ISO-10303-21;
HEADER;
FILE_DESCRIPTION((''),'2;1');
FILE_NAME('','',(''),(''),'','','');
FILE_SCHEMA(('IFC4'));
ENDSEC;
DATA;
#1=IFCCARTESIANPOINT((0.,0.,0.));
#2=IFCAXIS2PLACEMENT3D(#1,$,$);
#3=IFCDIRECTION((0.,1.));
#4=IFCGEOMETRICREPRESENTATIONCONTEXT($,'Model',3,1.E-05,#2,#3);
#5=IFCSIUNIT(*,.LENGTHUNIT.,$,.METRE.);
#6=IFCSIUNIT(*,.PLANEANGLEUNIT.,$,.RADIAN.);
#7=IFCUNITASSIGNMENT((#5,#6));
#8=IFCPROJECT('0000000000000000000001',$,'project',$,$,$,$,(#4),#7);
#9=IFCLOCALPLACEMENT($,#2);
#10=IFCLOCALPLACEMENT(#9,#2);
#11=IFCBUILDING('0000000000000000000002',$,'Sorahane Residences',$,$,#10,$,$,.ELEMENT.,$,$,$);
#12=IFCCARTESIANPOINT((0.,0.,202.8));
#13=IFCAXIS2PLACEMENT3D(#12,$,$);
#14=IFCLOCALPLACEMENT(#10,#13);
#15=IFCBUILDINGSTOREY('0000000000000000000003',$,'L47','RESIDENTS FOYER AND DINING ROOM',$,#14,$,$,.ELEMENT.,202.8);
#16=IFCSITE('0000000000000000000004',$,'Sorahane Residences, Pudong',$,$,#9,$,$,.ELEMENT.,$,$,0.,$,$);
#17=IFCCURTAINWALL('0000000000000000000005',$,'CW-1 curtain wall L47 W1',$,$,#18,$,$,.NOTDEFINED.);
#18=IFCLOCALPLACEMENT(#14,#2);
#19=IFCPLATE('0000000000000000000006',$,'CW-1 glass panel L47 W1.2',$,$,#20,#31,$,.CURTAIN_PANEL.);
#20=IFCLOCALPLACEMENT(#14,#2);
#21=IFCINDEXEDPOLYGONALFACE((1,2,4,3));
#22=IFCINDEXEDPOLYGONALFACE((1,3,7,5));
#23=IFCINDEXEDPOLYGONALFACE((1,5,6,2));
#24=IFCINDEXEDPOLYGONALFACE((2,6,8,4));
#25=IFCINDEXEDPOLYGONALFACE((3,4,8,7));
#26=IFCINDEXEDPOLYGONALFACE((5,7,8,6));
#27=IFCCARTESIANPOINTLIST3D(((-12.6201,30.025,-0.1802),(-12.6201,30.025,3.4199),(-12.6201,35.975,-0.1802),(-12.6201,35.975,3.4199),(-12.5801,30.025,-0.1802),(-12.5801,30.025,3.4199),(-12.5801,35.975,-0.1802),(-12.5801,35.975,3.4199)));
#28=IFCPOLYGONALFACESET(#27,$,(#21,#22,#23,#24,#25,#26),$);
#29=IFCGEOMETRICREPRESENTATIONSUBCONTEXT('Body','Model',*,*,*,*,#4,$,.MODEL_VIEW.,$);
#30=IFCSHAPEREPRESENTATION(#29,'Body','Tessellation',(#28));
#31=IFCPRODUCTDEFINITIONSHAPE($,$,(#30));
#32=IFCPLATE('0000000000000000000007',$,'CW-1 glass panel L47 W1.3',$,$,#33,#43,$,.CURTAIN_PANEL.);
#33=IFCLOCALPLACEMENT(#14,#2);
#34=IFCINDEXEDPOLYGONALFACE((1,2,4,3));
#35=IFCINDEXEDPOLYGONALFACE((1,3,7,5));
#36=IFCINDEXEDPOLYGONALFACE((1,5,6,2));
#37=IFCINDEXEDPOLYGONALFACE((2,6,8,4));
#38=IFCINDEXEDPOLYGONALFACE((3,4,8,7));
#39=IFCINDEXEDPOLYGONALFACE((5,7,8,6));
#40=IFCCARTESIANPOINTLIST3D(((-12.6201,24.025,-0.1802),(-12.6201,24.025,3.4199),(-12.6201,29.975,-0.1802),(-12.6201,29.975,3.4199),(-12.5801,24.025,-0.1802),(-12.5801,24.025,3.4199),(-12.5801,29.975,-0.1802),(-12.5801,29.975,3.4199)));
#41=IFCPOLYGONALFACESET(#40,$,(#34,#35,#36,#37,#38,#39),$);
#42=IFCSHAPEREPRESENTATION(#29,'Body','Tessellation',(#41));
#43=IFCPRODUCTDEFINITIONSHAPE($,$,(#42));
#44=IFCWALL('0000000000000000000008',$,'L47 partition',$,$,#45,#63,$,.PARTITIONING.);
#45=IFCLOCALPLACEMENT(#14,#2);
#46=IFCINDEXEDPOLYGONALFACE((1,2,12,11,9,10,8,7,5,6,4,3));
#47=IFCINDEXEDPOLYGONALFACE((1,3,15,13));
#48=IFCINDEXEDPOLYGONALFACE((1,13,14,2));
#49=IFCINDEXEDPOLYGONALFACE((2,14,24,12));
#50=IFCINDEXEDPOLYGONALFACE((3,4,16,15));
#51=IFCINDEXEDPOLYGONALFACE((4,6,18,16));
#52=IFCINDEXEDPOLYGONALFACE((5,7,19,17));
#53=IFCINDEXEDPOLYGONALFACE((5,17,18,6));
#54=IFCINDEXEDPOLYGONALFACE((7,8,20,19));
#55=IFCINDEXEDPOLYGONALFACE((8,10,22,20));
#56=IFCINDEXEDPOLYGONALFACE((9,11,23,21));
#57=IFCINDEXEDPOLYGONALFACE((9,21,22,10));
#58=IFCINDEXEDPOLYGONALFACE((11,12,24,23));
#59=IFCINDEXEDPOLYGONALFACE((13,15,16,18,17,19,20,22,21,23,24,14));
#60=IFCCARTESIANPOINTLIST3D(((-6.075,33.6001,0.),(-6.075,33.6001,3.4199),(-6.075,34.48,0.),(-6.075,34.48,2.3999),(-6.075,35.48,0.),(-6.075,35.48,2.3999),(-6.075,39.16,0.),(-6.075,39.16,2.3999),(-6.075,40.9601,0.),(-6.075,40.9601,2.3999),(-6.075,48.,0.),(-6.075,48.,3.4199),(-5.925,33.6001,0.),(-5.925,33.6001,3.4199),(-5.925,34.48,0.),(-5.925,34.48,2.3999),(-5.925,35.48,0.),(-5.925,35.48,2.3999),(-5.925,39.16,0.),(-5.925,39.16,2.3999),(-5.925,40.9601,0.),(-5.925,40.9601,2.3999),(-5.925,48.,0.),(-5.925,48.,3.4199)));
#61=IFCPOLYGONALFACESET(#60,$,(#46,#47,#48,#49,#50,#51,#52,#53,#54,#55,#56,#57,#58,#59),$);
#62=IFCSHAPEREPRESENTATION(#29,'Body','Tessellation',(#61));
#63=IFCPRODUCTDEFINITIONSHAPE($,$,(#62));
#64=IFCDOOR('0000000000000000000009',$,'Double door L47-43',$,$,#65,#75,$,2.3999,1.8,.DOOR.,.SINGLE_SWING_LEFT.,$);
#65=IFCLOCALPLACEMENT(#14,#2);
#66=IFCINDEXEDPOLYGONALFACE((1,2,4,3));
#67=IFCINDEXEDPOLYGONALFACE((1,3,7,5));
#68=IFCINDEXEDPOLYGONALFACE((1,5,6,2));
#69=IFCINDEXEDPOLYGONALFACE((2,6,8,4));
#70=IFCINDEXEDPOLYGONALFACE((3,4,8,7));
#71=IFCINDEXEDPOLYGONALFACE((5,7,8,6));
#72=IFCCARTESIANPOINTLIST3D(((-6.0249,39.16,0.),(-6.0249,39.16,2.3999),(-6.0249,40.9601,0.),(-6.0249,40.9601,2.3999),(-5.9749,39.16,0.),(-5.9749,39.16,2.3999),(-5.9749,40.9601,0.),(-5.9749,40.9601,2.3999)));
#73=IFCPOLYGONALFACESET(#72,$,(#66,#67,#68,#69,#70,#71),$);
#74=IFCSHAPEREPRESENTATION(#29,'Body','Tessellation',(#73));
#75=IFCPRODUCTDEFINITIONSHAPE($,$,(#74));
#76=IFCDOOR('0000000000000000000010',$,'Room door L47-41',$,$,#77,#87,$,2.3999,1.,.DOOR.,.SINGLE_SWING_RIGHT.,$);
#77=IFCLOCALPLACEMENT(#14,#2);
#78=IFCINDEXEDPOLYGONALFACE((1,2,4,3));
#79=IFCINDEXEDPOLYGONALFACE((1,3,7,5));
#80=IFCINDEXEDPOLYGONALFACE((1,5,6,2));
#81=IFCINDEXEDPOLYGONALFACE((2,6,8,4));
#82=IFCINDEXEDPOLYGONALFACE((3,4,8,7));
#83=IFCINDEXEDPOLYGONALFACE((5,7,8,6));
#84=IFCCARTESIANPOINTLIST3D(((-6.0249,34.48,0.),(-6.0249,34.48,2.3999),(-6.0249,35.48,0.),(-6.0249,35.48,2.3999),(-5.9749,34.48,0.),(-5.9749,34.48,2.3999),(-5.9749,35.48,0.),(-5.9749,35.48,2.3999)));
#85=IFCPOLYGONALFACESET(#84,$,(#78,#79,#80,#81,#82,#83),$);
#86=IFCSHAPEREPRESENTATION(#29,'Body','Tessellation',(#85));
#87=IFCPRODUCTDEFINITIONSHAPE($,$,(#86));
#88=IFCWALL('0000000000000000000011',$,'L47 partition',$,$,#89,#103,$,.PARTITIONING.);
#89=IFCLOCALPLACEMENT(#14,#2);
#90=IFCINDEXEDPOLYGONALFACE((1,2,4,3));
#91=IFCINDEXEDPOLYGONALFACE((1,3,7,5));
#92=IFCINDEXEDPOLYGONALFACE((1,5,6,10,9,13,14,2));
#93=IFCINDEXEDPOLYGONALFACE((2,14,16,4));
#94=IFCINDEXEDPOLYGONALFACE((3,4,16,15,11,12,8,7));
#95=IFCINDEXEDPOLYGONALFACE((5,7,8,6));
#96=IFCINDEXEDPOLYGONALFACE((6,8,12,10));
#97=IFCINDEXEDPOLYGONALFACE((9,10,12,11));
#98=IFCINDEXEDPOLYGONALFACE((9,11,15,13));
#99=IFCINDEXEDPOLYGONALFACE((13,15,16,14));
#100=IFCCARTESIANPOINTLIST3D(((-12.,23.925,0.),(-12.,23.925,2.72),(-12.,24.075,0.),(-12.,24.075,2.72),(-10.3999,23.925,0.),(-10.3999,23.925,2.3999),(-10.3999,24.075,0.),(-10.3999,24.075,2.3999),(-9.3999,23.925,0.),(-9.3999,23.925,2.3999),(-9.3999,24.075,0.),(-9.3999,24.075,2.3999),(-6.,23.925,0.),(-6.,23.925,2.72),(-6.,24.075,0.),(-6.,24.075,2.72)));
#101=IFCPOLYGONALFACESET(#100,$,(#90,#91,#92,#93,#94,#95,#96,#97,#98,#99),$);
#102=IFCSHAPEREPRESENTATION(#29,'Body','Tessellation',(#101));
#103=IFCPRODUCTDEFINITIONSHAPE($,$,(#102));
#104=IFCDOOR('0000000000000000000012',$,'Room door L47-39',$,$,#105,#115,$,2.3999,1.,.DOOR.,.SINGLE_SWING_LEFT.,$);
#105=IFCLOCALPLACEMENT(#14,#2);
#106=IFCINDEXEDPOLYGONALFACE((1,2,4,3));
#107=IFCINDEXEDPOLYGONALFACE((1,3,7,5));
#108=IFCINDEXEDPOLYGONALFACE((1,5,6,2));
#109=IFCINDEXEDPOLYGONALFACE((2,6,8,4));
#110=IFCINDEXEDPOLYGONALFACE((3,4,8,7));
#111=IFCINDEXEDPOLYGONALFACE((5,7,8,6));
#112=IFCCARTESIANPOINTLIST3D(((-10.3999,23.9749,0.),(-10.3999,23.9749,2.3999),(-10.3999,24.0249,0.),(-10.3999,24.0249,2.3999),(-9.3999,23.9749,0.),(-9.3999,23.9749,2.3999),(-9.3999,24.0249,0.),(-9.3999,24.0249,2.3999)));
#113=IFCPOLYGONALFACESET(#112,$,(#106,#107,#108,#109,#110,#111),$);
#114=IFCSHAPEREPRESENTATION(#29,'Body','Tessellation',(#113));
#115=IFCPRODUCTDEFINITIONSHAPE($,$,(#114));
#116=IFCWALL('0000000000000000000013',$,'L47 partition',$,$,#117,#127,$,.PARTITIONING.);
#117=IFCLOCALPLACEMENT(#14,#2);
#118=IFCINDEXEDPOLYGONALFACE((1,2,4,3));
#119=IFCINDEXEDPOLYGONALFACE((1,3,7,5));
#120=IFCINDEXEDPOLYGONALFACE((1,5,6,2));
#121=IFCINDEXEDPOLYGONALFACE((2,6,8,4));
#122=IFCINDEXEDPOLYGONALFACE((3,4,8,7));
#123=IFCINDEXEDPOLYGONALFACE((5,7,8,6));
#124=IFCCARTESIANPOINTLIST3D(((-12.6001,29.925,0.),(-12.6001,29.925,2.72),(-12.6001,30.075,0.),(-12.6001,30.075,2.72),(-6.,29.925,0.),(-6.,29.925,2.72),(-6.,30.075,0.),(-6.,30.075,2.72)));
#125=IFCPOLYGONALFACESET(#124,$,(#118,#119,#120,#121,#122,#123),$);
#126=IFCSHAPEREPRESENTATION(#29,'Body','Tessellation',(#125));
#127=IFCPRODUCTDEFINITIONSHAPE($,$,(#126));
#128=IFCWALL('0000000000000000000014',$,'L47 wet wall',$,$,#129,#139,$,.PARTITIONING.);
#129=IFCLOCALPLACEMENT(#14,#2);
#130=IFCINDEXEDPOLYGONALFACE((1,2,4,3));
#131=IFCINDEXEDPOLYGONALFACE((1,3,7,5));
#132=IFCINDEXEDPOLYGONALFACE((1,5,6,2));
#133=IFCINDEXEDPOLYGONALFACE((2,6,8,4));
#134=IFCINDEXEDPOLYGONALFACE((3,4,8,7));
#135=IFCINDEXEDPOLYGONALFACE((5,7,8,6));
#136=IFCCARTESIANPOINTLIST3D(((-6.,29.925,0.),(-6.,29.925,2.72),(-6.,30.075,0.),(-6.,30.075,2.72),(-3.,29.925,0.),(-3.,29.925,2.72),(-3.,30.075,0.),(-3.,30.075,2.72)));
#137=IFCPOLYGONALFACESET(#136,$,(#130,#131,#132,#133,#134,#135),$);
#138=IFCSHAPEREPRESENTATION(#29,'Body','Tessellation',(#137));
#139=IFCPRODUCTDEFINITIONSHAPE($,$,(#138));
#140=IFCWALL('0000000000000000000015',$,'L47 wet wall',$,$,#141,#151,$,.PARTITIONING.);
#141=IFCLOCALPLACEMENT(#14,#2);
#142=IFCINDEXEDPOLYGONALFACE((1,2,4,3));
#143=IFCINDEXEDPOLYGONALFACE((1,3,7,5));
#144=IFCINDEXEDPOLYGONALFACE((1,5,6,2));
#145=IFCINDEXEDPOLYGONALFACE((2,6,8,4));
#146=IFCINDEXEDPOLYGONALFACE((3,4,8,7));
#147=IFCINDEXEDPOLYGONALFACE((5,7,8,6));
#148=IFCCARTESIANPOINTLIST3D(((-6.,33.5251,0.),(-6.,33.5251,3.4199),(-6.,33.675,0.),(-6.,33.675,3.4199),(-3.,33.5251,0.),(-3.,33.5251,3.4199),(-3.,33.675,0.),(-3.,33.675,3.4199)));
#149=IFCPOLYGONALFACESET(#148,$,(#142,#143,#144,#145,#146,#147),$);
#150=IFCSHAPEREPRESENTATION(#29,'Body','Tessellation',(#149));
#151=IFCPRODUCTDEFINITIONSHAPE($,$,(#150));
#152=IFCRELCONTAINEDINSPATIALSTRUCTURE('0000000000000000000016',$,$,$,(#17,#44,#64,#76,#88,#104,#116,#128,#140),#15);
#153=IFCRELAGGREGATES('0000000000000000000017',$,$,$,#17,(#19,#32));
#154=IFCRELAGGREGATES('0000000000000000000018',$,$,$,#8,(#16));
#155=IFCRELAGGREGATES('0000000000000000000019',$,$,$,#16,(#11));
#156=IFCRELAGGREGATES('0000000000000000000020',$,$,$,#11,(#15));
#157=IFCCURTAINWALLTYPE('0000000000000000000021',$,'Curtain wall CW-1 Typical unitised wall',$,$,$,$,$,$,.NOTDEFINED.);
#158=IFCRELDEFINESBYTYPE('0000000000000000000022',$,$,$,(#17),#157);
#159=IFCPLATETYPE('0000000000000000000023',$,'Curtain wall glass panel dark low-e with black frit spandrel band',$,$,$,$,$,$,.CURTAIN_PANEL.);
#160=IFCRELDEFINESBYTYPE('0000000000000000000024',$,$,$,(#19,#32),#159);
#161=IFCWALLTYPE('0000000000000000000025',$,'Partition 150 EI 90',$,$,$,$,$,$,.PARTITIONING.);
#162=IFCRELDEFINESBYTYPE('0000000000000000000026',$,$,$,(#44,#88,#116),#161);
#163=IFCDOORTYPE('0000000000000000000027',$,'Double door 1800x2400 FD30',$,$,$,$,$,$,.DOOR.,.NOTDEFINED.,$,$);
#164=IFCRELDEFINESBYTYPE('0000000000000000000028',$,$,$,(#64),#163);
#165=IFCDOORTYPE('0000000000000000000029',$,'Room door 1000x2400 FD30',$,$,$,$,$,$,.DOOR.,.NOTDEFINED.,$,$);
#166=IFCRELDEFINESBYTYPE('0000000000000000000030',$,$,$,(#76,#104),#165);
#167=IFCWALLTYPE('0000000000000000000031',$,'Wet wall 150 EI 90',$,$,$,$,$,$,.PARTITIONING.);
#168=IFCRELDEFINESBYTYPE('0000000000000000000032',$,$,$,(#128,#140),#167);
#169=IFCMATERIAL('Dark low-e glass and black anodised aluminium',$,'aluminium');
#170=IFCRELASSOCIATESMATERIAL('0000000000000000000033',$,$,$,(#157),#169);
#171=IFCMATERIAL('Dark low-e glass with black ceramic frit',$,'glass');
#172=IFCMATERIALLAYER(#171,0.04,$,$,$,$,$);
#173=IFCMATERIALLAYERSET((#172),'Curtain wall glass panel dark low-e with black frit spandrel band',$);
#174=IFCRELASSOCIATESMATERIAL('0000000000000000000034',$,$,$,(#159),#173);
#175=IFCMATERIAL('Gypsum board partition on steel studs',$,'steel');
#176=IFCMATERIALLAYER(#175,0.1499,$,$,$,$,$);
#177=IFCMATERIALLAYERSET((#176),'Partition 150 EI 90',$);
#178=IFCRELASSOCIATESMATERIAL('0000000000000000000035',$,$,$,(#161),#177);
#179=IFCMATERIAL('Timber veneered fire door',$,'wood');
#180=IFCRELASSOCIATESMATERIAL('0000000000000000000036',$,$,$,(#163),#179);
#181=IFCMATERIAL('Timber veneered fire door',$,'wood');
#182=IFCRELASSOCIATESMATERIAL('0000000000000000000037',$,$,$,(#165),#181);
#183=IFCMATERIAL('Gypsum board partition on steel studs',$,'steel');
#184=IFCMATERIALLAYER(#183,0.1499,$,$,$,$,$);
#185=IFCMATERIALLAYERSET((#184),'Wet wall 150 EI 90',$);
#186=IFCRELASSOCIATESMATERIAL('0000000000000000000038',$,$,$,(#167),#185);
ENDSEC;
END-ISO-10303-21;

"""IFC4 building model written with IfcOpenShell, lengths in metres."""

from ifc_helpers import new_model, si_unit, direction, frame, frame_2d, origin, origin_2d, place, context, subcontext, project, spatial, rectangle, extrude, material, layer, layer_set, type_object, element, fill, aggregate, save


model = new_model("IFC4")

# Units and contexts
model_context = context("Model", 3, precision=1e-05, world=origin(), true_north=direction((0.0, 1.0)))
body_context = subcontext(model_context, "Body", "Model", "MODEL_VIEW")
ifc_project = project(units=[si_unit("LENGTHUNIT", "METRE"), si_unit("PLANEANGLEUNIT", "RADIAN")], contexts=[model_context])

# Site, building, storey
site_placement = place(None, origin())
site = spatial("IfcSite", under=ifc_project, at=site_placement, Name="Sorahane Residences, Pudong", CompositionType="ELEMENT", RefElevation=0.0)
building_placement = place(site_placement, origin())
building = spatial("IfcBuilding", under=site, at=building_placement, Name="Sorahane Residences", CompositionType="ELEMENT")
storey_placement = place(building_placement, frame((0.0, 0.0, 202.8)))
storey = spatial("IfcBuildingStorey", under=building, at=storey_placement, Name="L47", Description="RESIDENTS FOYER AND DINING ROOM", CompositionType="ELEMENT", Elevation=202.8)

# Curtain wall
ifc_material_1 = material(Name="Dark low-e glass and black anodised aluminium", Category="aluminium")
curtain_wall_type = type_object("IfcCurtainWallType", Name="Curtain wall CW-1 Typical unitised wall", PredefinedType="NOTDEFINED", material=ifc_material_1)
curtain_wall_placement = place(storey_placement, origin())
curtain_wall = element("IfcCurtainWall", 1, at=curtain_wall_placement, inside=storey, type_object=curtain_wall_type, Name="CW-1 curtain wall L47 W1", PredefinedType="NOTDEFINED")

# Plates
ifc_material_2 = material(Name="Dark low-e glass with black ceramic frit", Category="glass")
ifc_layer_1 = layer(ifc_material_2, 0.04)
ifc_layer_set_1 = layer_set([ifc_layer_1], Name="Curtain wall glass panel dark low-e with black frit spandrel band")
plate_type = type_object("IfcPlateType", Name="Curtain wall glass panel dark low-e with black frit spandrel band", PredefinedType="CURTAIN_PANEL", material=ifc_layer_set_1)
plate_1_placement = place(storey_placement, frame((-12.6001, 33.0, -0.1802), z_axis=(0.0, 0.0, 1.0), x_axis=(0.0, -1.0, 0.0)))
plate_1 = element("IfcPlate", 2, at=plate_1_placement, type_object=plate_type, Name="CW-1 glass panel L47 W1.2", PredefinedType="CURTAIN_PANEL", context=body_context, shape_type="SweptSolid", body=[
    extrude(rectangle(XDim=5.95, YDim=0.04, at=origin_2d()), origin(), (0.0, 0.0, 1.0), 3.6001),
])
plate_2_placement = place(storey_placement, frame((-12.6001, 27.0, -0.1802), z_axis=(0.0, 0.0, 1.0), x_axis=(0.0, -1.0, 0.0)))
plate_2 = element("IfcPlate", 3, at=plate_2_placement, type_object=plate_type, Name="CW-1 glass panel L47 W1.3", PredefinedType="CURTAIN_PANEL", context=body_context, shape_type="SweptSolid", body=[
    extrude(rectangle(XDim=5.95, YDim=0.04, at=origin_2d()), origin(), (0.0, 0.0, 1.0), 3.6001),
])
aggregate(curtain_wall, [plate_1, plate_2])

# Wall, openings, doors
ifc_material_3 = material(Name="Gypsum board partition on steel studs", Category="steel")
ifc_layer_2 = layer(ifc_material_3, 0.1499)
ifc_layer_set_2 = layer_set([ifc_layer_2], Name="Partition 150 EI 90")
wall_type_1 = type_object("IfcWallType", Name="Partition 150 EI 90", PredefinedType="PARTITIONING", material=ifc_layer_set_2)
wall_1_placement = place(storey_placement, frame((-6.0, 33.6001, 0.0), z_axis=(0.0, 0.0, 1.0), x_axis=(0.0, 1.0, 0.0)))
wall_1 = element("IfcWall", 4, at=wall_1_placement, inside=storey, type_object=wall_type_1, Name="L47 partition", PredefinedType="PARTITIONING", context=body_context, shape_type="SweptSolid", body=[
    extrude(rectangle(XDim=14.3999, YDim=0.1499, at=frame_2d((7.2, 0.0))), origin(), (0.0, 0.0, 1.0), 3.4199),
])
opening_1_placement = place(wall_1_placement, frame((0.8799, 0.0, 0.0)))
opening_1 = element("IfcOpeningElement", 5, at=opening_1_placement, cuts=wall_1, PredefinedType="OPENING", context=body_context, shape_type="SweptSolid", body=[
    extrude(rectangle(XDim=1.0, YDim=2.3999, at=frame_2d((0.5, 1.2))), frame((0.0, 0.085, 0.0), z_axis=(0.0, -1.0, 0.0), x_axis=(1.0, 0.0, 0.0)), (0.0, 0.0, 1.0), 0.1699),
])
opening_2_placement = place(wall_1_placement, frame((5.5601, 0.0, 0.0)))
opening_2 = element("IfcOpeningElement", 6, at=opening_2_placement, cuts=wall_1, PredefinedType="OPENING", context=body_context, shape_type="SweptSolid", body=[
    extrude(rectangle(XDim=1.8, YDim=2.3999, at=frame_2d((0.8999, 1.2))), frame((0.0, 0.085, 0.0), z_axis=(0.0, -1.0, 0.0), x_axis=(1.0, 0.0, 0.0)), (0.0, 0.0, 1.0), 0.1699),
])
ifc_material_4 = material(Name="Timber veneered fire door", Category="wood")
door_type_1 = type_object("IfcDoorType", Name="Double door 1800x2400 FD30", OperationType="NOTDEFINED", PredefinedType="DOOR", material=ifc_material_4)
door_1_placement = place(opening_2_placement, origin())
door_1 = element("IfcDoor", 7, at=door_1_placement, inside=storey, type_object=door_type_1, Name="Double door L47-43", OperationType="SINGLE_SWING_LEFT", OverallHeight=2.3999, OverallWidth=1.8, PredefinedType="DOOR", context=body_context, shape_type="SweptSolid", body=[
    extrude(rectangle(XDim=1.8, YDim=2.3999, at=frame_2d((0.8999, 1.2))), frame((0.0, 0.0249, 0.0), z_axis=(0.0, -1.0, 0.0), x_axis=(1.0, 0.0, 0.0)), (0.0, 0.0, 1.0), 0.05),
])
fill(opening_2, door_1)
ifc_material_5 = material(Name="Timber veneered fire door", Category="wood")
door_type_2 = type_object("IfcDoorType", Name="Room door 1000x2400 FD30", OperationType="NOTDEFINED", PredefinedType="DOOR", material=ifc_material_5)
door_2_placement = place(opening_1_placement, origin())
door_2 = element("IfcDoor", 8, at=door_2_placement, inside=storey, type_object=door_type_2, Name="Room door L47-41", OperationType="SINGLE_SWING_RIGHT", OverallHeight=2.3999, OverallWidth=1.0, PredefinedType="DOOR", context=body_context, shape_type="SweptSolid", body=[
    extrude(rectangle(XDim=1.0, YDim=2.3999, at=frame_2d((0.5, 1.2))), frame((0.0, 0.0249, 0.0), z_axis=(0.0, -1.0, 0.0), x_axis=(1.0, 0.0, 0.0)), (0.0, 0.0, 1.0), 0.05),
])
fill(opening_1, door_2)

# Wall, opening, door
wall_2_placement = place(storey_placement, frame((-12.0, 24.0, 0.0), z_axis=(0.0, 0.0, 1.0), x_axis=(1.0, 0.0, 0.0)))
wall_2 = element("IfcWall", 9, at=wall_2_placement, inside=storey, type_object=wall_type_1, Name="L47 partition", PredefinedType="PARTITIONING", context=body_context, shape_type="SweptSolid", body=[
    extrude(rectangle(XDim=6.0, YDim=0.1499, at=frame_2d((3.0, 0.0))), origin(), (0.0, 0.0, 1.0), 2.72),
])
opening_3_placement = place(wall_2_placement, frame((1.6001, 0.0, 0.0)))
opening_3 = element("IfcOpeningElement", 10, at=opening_3_placement, cuts=wall_2, PredefinedType="OPENING", context=body_context, shape_type="SweptSolid", body=[
    extrude(rectangle(XDim=1.0, YDim=2.3999, at=frame_2d((0.5, 1.2))), frame((0.0, 0.085, 0.0), z_axis=(0.0, -1.0, 0.0), x_axis=(1.0, 0.0, 0.0)), (0.0, 0.0, 1.0), 0.1699),
])
door_3_placement = place(opening_3_placement, origin())
door_3 = element("IfcDoor", 11, at=door_3_placement, inside=storey, type_object=door_type_2, Name="Room door L47-39", OperationType="SINGLE_SWING_LEFT", OverallHeight=2.3999, OverallWidth=1.0, PredefinedType="DOOR", context=body_context, shape_type="SweptSolid", body=[
    extrude(rectangle(XDim=1.0, YDim=2.3999, at=frame_2d((0.5, 1.2))), frame((0.0, 0.0249, 0.0), z_axis=(0.0, -1.0, 0.0), x_axis=(1.0, 0.0, 0.0)), (0.0, 0.0, 1.0), 0.05),
])
fill(opening_3, door_3)

# Walls
wall_3_placement = place(storey_placement, frame((-12.6001, 30.0, 0.0), z_axis=(0.0, 0.0, 1.0), x_axis=(1.0, 0.0, 0.0)))
element("IfcWall", 12, at=wall_3_placement, inside=storey, type_object=wall_type_1, Name="L47 partition", PredefinedType="PARTITIONING", context=body_context, shape_type="SweptSolid", body=[
    extrude(rectangle(XDim=6.6001, YDim=0.1499, at=frame_2d((3.3, 0.0))), origin(), (0.0, 0.0, 1.0), 2.72),
])
ifc_material_6 = material(Name="Gypsum board partition on steel studs", Category="steel")
ifc_layer_3 = layer(ifc_material_6, 0.1499)
ifc_layer_set_3 = layer_set([ifc_layer_3], Name="Wet wall 150 EI 90")
wall_type_2 = type_object("IfcWallType", Name="Wet wall 150 EI 90", PredefinedType="PARTITIONING", material=ifc_layer_set_3)
wall_4_placement = place(storey_placement, frame((-6.0, 30.0, 0.0), z_axis=(0.0, 0.0, 1.0), x_axis=(1.0, 0.0, 0.0)))
element("IfcWall", 13, at=wall_4_placement, inside=storey, type_object=wall_type_2, Name="L47 wet wall", PredefinedType="PARTITIONING", context=body_context, shape_type="SweptSolid", body=[
    extrude(rectangle(XDim=3.0, YDim=0.1499, at=frame_2d((1.5, 0.0))), origin(), (0.0, 0.0, 1.0), 2.72),
])
wall_5_placement = place(storey_placement, frame((-6.0, 33.6001, 0.0), z_axis=(0.0, 0.0, 1.0), x_axis=(1.0, 0.0, 0.0)))
element("IfcWall", 14, at=wall_5_placement, inside=storey, type_object=wall_type_2, Name="L47 wet wall", PredefinedType="PARTITIONING", context=body_context, shape_type="SweptSolid", body=[
    extrude(rectangle(XDim=3.0, YDim=0.1499, at=frame_2d((1.5, 0.0))), origin(), (0.0, 0.0, 1.0), 3.4199),
])

save(model, "model.ifc")
